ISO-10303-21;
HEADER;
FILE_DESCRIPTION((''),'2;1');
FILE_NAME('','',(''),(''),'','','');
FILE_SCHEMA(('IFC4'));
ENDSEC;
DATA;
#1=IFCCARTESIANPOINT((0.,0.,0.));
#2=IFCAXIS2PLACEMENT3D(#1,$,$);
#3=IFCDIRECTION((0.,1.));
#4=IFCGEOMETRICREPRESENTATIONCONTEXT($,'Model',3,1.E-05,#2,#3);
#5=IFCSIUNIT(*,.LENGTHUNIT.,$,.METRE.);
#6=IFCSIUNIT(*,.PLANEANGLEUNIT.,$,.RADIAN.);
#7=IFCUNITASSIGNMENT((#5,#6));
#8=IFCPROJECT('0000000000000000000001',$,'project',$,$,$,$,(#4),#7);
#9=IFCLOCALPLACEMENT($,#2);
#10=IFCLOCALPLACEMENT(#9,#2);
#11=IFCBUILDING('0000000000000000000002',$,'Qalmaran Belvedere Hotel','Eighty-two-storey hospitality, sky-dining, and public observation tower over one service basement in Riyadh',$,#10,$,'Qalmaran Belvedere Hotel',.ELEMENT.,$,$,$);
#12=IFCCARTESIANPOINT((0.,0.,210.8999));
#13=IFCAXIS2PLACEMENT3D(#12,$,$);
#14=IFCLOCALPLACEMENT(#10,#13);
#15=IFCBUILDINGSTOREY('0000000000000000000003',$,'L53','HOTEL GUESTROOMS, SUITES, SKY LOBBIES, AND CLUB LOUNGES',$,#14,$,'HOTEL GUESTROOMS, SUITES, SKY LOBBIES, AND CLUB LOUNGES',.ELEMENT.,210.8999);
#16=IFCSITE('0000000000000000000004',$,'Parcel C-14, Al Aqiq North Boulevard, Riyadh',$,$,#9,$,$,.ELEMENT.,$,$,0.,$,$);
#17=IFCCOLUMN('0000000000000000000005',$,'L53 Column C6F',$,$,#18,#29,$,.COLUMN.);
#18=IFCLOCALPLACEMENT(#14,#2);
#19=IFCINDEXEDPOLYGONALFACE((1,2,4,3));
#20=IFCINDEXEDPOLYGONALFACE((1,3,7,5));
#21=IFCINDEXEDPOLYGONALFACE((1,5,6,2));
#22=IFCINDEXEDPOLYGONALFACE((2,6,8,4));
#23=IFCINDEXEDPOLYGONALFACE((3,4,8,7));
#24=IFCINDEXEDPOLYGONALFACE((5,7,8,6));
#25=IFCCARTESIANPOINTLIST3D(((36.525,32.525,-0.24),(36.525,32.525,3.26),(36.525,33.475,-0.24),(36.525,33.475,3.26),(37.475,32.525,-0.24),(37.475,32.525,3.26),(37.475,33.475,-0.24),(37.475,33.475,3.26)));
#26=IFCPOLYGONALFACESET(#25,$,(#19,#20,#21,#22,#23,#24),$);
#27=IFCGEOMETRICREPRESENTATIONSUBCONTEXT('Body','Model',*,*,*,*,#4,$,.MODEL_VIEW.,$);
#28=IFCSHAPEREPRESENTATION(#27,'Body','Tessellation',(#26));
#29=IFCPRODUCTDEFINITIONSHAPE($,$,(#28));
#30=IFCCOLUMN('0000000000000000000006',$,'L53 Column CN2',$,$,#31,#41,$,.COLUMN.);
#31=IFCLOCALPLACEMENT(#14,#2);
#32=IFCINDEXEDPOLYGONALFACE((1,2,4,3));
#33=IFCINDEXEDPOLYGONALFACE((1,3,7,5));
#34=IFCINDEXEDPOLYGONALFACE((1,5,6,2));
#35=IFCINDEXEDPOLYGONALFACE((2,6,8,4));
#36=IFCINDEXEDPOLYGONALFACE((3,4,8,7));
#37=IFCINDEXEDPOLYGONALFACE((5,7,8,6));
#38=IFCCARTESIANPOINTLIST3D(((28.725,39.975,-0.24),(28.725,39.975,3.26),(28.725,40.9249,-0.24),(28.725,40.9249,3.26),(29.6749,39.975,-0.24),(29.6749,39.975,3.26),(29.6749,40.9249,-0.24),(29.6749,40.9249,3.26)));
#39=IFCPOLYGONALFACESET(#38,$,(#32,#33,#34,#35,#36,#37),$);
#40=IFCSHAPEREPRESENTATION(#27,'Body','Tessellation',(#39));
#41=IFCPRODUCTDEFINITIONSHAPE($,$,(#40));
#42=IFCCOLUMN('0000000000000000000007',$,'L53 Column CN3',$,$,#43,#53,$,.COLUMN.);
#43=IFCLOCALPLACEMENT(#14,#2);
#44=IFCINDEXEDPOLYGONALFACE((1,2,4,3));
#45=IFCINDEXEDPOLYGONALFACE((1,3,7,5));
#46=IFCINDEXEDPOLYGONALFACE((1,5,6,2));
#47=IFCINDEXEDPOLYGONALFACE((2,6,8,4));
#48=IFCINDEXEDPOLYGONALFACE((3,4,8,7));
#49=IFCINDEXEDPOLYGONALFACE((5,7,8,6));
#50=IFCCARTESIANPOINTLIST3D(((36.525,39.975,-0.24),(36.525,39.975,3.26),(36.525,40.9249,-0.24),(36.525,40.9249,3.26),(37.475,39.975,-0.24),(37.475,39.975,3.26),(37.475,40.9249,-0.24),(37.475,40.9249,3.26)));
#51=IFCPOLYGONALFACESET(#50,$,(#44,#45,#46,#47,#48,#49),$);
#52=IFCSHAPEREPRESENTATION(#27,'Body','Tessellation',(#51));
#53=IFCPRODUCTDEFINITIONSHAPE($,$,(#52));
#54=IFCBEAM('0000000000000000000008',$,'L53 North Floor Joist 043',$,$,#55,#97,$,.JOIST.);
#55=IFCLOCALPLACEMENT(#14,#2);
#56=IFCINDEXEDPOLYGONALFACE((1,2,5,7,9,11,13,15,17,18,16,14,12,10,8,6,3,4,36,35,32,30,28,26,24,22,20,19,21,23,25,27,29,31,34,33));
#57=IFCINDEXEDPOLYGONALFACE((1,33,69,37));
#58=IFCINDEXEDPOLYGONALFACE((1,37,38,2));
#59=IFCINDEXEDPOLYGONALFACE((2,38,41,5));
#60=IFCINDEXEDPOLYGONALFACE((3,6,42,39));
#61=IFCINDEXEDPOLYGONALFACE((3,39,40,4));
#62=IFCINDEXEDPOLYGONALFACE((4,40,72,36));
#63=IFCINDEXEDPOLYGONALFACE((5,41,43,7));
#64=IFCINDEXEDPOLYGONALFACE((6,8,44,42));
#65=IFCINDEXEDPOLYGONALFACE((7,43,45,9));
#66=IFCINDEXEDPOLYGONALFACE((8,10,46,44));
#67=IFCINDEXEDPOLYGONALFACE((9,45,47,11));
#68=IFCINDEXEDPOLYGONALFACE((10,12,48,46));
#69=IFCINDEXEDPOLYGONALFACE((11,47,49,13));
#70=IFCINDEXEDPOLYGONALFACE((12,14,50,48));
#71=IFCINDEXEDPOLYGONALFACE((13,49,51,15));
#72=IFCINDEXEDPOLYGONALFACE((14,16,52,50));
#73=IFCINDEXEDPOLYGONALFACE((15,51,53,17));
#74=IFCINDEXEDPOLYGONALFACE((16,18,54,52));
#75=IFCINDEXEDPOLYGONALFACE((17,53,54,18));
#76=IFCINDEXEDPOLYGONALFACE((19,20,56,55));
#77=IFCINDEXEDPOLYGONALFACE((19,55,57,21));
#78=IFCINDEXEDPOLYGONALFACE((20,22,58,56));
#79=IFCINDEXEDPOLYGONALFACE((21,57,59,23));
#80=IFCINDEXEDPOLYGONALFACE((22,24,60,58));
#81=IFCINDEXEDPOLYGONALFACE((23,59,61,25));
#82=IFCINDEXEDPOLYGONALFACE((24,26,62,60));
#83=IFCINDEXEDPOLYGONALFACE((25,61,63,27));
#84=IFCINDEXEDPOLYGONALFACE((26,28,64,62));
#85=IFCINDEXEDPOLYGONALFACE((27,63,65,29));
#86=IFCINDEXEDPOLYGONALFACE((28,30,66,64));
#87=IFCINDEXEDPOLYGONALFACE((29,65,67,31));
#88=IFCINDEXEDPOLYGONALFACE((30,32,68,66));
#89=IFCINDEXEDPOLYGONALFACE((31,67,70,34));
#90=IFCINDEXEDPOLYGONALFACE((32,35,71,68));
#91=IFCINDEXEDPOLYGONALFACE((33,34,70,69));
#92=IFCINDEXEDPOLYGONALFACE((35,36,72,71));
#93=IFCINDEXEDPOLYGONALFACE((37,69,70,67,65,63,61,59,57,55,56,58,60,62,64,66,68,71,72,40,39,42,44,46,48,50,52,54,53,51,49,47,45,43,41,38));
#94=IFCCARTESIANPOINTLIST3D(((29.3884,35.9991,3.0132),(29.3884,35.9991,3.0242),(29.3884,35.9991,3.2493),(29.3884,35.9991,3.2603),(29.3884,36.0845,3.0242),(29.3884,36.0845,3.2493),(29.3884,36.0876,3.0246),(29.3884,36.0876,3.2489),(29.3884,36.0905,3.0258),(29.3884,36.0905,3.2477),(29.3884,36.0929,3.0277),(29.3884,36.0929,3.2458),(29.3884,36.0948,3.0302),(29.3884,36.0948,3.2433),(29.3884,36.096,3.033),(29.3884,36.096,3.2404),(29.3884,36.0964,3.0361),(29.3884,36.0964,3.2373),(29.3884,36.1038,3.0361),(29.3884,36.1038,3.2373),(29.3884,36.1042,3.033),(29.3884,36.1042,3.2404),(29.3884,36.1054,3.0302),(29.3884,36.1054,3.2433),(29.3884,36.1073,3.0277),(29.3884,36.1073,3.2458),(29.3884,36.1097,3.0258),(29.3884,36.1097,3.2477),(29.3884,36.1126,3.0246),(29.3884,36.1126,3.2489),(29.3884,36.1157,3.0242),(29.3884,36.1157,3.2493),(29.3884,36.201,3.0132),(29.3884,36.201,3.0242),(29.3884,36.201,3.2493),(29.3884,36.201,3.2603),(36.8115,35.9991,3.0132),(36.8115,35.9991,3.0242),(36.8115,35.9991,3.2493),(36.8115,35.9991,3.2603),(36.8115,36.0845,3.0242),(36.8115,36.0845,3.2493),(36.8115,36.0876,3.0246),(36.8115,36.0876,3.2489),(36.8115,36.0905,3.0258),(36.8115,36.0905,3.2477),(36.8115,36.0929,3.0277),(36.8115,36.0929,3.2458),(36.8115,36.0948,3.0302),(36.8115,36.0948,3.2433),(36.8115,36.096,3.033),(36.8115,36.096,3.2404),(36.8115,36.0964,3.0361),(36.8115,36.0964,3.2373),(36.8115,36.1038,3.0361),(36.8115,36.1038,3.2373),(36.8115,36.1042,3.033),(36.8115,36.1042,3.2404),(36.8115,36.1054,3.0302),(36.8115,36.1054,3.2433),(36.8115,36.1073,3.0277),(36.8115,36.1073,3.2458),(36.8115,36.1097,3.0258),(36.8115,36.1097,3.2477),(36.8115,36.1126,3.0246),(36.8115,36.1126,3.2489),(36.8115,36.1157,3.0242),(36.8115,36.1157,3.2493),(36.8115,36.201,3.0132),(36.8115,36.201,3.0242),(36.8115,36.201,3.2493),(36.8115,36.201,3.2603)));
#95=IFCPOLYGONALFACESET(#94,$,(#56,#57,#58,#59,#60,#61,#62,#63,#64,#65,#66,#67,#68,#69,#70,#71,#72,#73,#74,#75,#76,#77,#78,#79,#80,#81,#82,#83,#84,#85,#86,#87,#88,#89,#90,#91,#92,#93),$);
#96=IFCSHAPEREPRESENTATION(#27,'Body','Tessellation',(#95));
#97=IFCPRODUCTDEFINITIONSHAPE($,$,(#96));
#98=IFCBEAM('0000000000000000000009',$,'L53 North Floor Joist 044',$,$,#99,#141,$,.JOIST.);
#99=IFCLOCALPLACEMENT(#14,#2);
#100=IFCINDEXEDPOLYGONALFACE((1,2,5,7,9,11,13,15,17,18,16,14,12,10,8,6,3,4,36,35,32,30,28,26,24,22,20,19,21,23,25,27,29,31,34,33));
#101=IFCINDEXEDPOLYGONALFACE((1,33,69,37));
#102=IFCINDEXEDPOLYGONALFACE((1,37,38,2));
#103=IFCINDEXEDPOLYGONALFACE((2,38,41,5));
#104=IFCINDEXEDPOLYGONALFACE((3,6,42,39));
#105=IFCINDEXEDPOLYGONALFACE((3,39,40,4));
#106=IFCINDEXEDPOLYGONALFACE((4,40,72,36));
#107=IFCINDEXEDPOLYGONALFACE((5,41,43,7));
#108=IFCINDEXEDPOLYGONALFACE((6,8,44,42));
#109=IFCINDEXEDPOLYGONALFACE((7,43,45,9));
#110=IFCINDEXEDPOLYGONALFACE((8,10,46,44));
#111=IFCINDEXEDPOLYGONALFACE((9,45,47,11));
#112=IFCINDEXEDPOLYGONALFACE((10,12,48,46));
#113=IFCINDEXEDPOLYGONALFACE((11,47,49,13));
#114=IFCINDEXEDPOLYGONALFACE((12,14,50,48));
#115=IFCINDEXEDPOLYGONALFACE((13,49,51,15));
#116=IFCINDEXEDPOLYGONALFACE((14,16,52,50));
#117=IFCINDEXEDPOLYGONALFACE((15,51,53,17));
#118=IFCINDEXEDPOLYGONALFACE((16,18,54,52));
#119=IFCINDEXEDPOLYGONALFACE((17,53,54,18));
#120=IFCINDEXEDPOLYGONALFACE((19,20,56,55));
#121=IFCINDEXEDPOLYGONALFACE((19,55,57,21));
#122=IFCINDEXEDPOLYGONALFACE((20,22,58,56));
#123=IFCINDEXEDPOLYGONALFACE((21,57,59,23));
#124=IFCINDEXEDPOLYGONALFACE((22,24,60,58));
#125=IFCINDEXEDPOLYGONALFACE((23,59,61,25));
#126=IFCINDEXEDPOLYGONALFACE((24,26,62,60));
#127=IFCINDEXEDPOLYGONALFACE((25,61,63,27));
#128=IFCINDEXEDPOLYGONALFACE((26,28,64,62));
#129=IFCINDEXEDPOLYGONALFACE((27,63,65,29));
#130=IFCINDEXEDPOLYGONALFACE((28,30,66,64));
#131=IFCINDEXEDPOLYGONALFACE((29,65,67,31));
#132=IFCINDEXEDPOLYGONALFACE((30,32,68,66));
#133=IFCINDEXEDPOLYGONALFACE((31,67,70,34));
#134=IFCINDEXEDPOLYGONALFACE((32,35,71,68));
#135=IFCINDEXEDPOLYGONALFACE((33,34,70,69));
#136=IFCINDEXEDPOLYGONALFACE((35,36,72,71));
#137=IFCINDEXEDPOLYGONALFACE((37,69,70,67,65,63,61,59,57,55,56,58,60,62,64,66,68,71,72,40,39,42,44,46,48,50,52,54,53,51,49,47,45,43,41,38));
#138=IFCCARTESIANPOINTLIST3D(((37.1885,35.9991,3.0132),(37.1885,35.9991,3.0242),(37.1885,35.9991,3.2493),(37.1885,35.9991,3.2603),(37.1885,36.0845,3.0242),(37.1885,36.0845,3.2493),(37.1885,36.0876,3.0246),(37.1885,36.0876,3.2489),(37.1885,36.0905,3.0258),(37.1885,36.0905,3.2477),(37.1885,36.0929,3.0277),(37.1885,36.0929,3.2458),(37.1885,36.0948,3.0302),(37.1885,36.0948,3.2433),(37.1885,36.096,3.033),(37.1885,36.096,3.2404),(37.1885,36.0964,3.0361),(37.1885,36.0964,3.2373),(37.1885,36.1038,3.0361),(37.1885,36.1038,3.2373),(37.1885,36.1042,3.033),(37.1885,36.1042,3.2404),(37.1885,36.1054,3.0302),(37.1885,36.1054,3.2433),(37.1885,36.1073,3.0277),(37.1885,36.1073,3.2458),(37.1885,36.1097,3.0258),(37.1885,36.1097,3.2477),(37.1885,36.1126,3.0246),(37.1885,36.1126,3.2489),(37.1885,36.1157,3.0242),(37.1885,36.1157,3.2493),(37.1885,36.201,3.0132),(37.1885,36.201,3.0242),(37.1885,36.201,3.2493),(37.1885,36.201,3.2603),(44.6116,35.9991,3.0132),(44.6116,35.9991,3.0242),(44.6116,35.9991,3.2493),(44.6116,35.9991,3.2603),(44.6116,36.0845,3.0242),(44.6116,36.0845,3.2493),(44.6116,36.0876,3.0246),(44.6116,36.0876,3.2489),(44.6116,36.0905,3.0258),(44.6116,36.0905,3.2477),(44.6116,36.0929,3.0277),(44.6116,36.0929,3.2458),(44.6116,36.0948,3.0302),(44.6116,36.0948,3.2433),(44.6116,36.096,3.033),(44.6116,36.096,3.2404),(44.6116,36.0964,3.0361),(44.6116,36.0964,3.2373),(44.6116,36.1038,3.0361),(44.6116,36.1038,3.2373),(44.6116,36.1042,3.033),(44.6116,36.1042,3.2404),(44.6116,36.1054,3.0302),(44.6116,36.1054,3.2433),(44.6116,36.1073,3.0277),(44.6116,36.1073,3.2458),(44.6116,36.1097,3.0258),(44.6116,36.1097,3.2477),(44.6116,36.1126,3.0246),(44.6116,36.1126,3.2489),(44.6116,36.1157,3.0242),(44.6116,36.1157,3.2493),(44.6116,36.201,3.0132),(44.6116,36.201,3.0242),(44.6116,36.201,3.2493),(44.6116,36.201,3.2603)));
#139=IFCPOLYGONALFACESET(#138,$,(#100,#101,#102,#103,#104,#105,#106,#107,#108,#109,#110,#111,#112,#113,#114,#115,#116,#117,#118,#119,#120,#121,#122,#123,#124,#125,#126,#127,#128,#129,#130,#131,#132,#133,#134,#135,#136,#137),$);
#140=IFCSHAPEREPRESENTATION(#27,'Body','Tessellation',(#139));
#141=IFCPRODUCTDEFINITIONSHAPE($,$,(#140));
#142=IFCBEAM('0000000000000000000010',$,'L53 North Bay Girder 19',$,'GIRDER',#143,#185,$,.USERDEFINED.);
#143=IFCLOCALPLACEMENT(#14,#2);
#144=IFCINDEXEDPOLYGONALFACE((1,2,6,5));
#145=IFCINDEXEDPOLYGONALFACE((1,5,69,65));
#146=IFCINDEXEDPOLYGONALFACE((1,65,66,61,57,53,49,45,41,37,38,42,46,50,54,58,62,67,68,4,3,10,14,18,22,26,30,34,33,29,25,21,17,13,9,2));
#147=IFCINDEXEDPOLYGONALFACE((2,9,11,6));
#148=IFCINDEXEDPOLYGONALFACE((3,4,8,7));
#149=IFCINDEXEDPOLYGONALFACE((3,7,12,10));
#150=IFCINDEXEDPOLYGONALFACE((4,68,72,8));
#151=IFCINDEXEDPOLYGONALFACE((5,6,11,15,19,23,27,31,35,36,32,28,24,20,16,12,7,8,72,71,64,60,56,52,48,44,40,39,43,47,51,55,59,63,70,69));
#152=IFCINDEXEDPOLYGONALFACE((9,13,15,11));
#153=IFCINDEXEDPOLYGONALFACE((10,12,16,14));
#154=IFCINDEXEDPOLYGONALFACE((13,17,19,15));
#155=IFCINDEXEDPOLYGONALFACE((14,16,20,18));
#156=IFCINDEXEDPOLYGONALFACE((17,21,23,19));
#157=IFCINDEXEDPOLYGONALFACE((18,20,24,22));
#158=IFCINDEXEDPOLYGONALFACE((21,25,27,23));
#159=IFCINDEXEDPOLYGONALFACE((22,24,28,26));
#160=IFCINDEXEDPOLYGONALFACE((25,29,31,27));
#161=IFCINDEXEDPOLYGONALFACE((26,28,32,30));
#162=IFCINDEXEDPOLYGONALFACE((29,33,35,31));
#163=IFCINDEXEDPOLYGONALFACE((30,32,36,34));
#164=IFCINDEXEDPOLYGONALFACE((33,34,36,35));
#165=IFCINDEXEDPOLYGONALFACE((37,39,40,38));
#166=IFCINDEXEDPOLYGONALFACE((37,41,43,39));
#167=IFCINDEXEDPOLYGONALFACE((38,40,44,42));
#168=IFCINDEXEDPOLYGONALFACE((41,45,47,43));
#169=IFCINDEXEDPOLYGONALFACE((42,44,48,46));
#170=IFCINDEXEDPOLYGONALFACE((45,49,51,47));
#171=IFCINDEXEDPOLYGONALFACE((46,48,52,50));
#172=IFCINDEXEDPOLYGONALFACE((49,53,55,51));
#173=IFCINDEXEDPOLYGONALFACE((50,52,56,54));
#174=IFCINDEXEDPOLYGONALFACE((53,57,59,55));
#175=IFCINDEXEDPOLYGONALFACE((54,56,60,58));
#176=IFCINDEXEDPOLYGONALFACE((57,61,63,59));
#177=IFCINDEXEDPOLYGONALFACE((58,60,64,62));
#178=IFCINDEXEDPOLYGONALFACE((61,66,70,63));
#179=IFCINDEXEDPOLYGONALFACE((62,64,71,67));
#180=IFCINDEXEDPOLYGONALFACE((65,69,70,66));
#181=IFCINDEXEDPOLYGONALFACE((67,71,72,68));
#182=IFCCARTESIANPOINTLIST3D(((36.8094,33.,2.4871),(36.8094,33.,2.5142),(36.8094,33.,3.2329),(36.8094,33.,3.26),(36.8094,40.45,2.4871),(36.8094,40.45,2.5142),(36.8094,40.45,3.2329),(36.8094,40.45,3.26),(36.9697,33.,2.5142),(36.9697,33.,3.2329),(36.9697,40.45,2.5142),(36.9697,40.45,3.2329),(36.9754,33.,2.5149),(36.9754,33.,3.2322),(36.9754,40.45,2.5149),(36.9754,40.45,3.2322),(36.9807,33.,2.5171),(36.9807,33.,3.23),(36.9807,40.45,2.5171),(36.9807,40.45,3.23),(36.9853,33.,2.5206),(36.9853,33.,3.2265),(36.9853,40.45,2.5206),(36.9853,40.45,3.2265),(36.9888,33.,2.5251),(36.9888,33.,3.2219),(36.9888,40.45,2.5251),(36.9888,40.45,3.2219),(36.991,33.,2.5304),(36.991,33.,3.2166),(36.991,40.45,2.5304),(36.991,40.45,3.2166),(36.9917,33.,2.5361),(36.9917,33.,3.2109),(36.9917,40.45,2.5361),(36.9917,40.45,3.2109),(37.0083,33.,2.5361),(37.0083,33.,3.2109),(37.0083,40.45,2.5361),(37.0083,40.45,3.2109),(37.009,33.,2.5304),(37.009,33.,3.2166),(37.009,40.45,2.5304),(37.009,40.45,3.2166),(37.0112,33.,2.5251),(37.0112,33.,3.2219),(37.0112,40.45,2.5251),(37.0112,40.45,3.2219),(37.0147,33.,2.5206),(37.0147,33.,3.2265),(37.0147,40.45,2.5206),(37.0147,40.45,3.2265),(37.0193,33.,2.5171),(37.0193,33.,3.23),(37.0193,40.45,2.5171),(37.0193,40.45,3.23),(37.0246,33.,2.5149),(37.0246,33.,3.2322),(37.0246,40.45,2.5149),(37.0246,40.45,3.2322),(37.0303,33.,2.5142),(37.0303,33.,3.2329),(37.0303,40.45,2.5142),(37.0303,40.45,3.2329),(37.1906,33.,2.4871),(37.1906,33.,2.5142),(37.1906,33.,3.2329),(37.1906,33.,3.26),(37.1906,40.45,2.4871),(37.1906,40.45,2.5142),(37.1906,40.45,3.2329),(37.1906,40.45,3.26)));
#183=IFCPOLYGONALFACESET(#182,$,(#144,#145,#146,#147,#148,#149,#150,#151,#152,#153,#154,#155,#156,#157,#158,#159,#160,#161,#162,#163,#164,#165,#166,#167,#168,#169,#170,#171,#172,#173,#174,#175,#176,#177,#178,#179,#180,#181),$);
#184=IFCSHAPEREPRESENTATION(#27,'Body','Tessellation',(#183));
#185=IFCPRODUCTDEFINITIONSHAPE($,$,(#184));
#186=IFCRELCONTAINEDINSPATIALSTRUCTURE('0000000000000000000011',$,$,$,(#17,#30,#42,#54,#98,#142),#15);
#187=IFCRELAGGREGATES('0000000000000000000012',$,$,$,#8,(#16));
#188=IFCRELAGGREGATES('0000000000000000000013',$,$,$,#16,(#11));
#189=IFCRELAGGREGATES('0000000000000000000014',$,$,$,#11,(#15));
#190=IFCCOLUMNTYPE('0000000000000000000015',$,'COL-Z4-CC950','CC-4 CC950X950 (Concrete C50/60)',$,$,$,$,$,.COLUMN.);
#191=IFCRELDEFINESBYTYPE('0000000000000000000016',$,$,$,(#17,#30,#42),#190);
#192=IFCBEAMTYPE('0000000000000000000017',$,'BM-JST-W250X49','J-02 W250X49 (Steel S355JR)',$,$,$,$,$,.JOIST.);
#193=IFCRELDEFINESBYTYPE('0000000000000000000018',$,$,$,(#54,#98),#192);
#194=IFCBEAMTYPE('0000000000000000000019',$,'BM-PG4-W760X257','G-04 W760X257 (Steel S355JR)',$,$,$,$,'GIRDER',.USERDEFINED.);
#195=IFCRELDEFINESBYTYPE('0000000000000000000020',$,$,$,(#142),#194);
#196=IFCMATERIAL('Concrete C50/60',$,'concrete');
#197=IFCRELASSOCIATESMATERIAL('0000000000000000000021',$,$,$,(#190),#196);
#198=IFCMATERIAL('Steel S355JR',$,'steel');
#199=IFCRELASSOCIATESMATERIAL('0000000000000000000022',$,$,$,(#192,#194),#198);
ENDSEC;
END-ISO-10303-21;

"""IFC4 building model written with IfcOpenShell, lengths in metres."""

from ifc_helpers import new_model, si_unit, direction, frame, origin, origin_2d, place, context, subcontext, project, spatial, rectangle, i_section, extrude, material, material_profile, profile_set, type_object, element, save


model = new_model("IFC4")

# Units and contexts
model_context = context("Model", 3, precision=1e-05, world=origin(), true_north=direction((0.0, 1.0)))
body_context = subcontext(model_context, "Body", "Model", "MODEL_VIEW")
ifc_project = project(units=[si_unit("LENGTHUNIT", "METRE"), si_unit("PLANEANGLEUNIT", "RADIAN")], contexts=[model_context])

# Site, building, storey
site_placement = place(None, origin())
site = spatial("IfcSite", under=ifc_project, at=site_placement, Name="Parcel C-14, Al Aqiq North Boulevard, Riyadh", CompositionType="ELEMENT", RefElevation=0.0)
building_placement = place(site_placement, origin())
building = spatial("IfcBuilding", under=site, at=building_placement, Name="Qalmaran Belvedere Hotel", Description="Eighty-two-storey hospitality, sky-dining, and public observation tower over one service basement in Riyadh", LongName="Qalmaran Belvedere Hotel", CompositionType="ELEMENT")
storey_placement = place(building_placement, frame((0.0, 0.0, 210.8999)))
storey = spatial("IfcBuildingStorey", under=building, at=storey_placement, Name="L53", Description="HOTEL GUESTROOMS, SUITES, SKY LOBBIES, AND CLUB LOUNGES", LongName="HOTEL GUESTROOMS, SUITES, SKY LOBBIES, AND CLUB LOUNGES", CompositionType="ELEMENT", Elevation=210.8999)

# Columns
ifc_material_1 = material(Name="Concrete C50/60", Category="concrete")
ifc_material_profile_1 = material_profile(ifc_material_1, rectangle(XDim=0.95, YDim=0.95, at=origin_2d()), Name="CC950X950")
ifc_profile_set_1 = profile_set([ifc_material_profile_1], Name="Concrete C50/60")
column_type = type_object("IfcColumnType", Name="COL-Z4-CC950", Description="CC-4 CC950X950 (Concrete C50/60)", PredefinedType="COLUMN", material=ifc_profile_set_1)
for number, where, z_axis, x_axis, name in (
    (1, (37.0, 33.0, -0.24), (0.0, 0.0, 1.0), (1.0, 0.0, 0.0), "L53 Column C6F"),
    (2, (29.2, 40.45, -0.24), (0.0, 0.0, 1.0), (1.0, 0.0, 0.0), "L53 Column CN2"),
    (3, (37.0, 40.45, -0.24), (0.0, 0.0, 1.0), (1.0, 0.0, 0.0), "L53 Column CN3"),
):
    element("IfcColumn", number, at=place(storey_placement, frame(where, z_axis=z_axis, x_axis=x_axis)), inside=storey, type_object=column_type, Name=name, PredefinedType="COLUMN", context=body_context, shape_type="SweptSolid", body=[
        extrude(rectangle(XDim=0.95, YDim=0.95, at=origin_2d()), origin(), (0.0, 0.0, 1.0), 3.5),
    ])

# Beams
ifc_material_2 = material(Name="Steel S355JR", Category="steel")
ifc_material_profile_2 = material_profile(ifc_material_2, i_section(OverallWidth=0.2019, OverallDepth=0.2471, WebThickness=0.0073, FlangeThickness=0.011, FilletRadius=0.012, at=origin_2d()), Name="W250X49")
ifc_profile_set_2 = profile_set([ifc_material_profile_2], Name="Steel S355JR")
beam_type_1 = type_object("IfcBeamType", Name="BM-JST-W250X49", Description="J-02 W250X49 (Steel S355JR)", PredefinedType="JOIST", material=ifc_profile_set_2)
for number, where, z_axis, x_axis, name in (
    (4, (29.3884, 36.1001, 3.1367), (1.0, 0.0, 0.0), (0.0, 1.0, 0.0), "L53 North Floor Joist 043"),
    (5, (37.1885, 36.1001, 3.1367), (1.0, 0.0, 0.0), (0.0, 1.0, 0.0), "L53 North Floor Joist 044"),
):
    element("IfcBeam", number, at=place(storey_placement, frame(where, z_axis=z_axis, x_axis=x_axis)), inside=storey, type_object=beam_type_1, Name=name, PredefinedType="JOIST", context=body_context, shape_type="SweptSolid", body=[
        extrude(i_section(OverallWidth=0.2019, OverallDepth=0.2471, WebThickness=0.0073, FlangeThickness=0.011, FilletRadius=0.012, at=origin_2d()), origin(), (0.0, 0.0, 1.0), 7.4231),
    ])
ifc_material_profile_3 = material_profile(ifc_material_2, i_section(OverallWidth=0.3811, OverallDepth=0.7729, WebThickness=0.0166, FlangeThickness=0.0271, FilletRadius=0.022, at=origin_2d()), Name="W760X257")
ifc_profile_set_3 = profile_set([ifc_material_profile_3], Name="Steel S355JR")
beam_type_2 = type_object("IfcBeamType", Name="BM-PG4-W760X257", Description="G-04 W760X257 (Steel S355JR)", ElementType="GIRDER", PredefinedType="USERDEFINED", material=ifc_profile_set_3)
beam_1_placement = place(storey_placement, frame((37.0, 33.0, 2.8735), z_axis=(0.0, 1.0, 0.0), x_axis=(-1.0, 0.0, 0.0)))
element("IfcBeam", 6, at=beam_1_placement, inside=storey, type_object=beam_type_2, Name="L53 North Bay Girder 19", ObjectType="GIRDER", PredefinedType="USERDEFINED", context=body_context, shape_type="SweptSolid", body=[
    extrude(i_section(OverallWidth=0.3811, OverallDepth=0.7729, WebThickness=0.0166, FlangeThickness=0.0271, FilletRadius=0.022, at=origin_2d()), origin(), (0.0, 0.0, 1.0), 7.45),
])

save(model, "model.ifc")
